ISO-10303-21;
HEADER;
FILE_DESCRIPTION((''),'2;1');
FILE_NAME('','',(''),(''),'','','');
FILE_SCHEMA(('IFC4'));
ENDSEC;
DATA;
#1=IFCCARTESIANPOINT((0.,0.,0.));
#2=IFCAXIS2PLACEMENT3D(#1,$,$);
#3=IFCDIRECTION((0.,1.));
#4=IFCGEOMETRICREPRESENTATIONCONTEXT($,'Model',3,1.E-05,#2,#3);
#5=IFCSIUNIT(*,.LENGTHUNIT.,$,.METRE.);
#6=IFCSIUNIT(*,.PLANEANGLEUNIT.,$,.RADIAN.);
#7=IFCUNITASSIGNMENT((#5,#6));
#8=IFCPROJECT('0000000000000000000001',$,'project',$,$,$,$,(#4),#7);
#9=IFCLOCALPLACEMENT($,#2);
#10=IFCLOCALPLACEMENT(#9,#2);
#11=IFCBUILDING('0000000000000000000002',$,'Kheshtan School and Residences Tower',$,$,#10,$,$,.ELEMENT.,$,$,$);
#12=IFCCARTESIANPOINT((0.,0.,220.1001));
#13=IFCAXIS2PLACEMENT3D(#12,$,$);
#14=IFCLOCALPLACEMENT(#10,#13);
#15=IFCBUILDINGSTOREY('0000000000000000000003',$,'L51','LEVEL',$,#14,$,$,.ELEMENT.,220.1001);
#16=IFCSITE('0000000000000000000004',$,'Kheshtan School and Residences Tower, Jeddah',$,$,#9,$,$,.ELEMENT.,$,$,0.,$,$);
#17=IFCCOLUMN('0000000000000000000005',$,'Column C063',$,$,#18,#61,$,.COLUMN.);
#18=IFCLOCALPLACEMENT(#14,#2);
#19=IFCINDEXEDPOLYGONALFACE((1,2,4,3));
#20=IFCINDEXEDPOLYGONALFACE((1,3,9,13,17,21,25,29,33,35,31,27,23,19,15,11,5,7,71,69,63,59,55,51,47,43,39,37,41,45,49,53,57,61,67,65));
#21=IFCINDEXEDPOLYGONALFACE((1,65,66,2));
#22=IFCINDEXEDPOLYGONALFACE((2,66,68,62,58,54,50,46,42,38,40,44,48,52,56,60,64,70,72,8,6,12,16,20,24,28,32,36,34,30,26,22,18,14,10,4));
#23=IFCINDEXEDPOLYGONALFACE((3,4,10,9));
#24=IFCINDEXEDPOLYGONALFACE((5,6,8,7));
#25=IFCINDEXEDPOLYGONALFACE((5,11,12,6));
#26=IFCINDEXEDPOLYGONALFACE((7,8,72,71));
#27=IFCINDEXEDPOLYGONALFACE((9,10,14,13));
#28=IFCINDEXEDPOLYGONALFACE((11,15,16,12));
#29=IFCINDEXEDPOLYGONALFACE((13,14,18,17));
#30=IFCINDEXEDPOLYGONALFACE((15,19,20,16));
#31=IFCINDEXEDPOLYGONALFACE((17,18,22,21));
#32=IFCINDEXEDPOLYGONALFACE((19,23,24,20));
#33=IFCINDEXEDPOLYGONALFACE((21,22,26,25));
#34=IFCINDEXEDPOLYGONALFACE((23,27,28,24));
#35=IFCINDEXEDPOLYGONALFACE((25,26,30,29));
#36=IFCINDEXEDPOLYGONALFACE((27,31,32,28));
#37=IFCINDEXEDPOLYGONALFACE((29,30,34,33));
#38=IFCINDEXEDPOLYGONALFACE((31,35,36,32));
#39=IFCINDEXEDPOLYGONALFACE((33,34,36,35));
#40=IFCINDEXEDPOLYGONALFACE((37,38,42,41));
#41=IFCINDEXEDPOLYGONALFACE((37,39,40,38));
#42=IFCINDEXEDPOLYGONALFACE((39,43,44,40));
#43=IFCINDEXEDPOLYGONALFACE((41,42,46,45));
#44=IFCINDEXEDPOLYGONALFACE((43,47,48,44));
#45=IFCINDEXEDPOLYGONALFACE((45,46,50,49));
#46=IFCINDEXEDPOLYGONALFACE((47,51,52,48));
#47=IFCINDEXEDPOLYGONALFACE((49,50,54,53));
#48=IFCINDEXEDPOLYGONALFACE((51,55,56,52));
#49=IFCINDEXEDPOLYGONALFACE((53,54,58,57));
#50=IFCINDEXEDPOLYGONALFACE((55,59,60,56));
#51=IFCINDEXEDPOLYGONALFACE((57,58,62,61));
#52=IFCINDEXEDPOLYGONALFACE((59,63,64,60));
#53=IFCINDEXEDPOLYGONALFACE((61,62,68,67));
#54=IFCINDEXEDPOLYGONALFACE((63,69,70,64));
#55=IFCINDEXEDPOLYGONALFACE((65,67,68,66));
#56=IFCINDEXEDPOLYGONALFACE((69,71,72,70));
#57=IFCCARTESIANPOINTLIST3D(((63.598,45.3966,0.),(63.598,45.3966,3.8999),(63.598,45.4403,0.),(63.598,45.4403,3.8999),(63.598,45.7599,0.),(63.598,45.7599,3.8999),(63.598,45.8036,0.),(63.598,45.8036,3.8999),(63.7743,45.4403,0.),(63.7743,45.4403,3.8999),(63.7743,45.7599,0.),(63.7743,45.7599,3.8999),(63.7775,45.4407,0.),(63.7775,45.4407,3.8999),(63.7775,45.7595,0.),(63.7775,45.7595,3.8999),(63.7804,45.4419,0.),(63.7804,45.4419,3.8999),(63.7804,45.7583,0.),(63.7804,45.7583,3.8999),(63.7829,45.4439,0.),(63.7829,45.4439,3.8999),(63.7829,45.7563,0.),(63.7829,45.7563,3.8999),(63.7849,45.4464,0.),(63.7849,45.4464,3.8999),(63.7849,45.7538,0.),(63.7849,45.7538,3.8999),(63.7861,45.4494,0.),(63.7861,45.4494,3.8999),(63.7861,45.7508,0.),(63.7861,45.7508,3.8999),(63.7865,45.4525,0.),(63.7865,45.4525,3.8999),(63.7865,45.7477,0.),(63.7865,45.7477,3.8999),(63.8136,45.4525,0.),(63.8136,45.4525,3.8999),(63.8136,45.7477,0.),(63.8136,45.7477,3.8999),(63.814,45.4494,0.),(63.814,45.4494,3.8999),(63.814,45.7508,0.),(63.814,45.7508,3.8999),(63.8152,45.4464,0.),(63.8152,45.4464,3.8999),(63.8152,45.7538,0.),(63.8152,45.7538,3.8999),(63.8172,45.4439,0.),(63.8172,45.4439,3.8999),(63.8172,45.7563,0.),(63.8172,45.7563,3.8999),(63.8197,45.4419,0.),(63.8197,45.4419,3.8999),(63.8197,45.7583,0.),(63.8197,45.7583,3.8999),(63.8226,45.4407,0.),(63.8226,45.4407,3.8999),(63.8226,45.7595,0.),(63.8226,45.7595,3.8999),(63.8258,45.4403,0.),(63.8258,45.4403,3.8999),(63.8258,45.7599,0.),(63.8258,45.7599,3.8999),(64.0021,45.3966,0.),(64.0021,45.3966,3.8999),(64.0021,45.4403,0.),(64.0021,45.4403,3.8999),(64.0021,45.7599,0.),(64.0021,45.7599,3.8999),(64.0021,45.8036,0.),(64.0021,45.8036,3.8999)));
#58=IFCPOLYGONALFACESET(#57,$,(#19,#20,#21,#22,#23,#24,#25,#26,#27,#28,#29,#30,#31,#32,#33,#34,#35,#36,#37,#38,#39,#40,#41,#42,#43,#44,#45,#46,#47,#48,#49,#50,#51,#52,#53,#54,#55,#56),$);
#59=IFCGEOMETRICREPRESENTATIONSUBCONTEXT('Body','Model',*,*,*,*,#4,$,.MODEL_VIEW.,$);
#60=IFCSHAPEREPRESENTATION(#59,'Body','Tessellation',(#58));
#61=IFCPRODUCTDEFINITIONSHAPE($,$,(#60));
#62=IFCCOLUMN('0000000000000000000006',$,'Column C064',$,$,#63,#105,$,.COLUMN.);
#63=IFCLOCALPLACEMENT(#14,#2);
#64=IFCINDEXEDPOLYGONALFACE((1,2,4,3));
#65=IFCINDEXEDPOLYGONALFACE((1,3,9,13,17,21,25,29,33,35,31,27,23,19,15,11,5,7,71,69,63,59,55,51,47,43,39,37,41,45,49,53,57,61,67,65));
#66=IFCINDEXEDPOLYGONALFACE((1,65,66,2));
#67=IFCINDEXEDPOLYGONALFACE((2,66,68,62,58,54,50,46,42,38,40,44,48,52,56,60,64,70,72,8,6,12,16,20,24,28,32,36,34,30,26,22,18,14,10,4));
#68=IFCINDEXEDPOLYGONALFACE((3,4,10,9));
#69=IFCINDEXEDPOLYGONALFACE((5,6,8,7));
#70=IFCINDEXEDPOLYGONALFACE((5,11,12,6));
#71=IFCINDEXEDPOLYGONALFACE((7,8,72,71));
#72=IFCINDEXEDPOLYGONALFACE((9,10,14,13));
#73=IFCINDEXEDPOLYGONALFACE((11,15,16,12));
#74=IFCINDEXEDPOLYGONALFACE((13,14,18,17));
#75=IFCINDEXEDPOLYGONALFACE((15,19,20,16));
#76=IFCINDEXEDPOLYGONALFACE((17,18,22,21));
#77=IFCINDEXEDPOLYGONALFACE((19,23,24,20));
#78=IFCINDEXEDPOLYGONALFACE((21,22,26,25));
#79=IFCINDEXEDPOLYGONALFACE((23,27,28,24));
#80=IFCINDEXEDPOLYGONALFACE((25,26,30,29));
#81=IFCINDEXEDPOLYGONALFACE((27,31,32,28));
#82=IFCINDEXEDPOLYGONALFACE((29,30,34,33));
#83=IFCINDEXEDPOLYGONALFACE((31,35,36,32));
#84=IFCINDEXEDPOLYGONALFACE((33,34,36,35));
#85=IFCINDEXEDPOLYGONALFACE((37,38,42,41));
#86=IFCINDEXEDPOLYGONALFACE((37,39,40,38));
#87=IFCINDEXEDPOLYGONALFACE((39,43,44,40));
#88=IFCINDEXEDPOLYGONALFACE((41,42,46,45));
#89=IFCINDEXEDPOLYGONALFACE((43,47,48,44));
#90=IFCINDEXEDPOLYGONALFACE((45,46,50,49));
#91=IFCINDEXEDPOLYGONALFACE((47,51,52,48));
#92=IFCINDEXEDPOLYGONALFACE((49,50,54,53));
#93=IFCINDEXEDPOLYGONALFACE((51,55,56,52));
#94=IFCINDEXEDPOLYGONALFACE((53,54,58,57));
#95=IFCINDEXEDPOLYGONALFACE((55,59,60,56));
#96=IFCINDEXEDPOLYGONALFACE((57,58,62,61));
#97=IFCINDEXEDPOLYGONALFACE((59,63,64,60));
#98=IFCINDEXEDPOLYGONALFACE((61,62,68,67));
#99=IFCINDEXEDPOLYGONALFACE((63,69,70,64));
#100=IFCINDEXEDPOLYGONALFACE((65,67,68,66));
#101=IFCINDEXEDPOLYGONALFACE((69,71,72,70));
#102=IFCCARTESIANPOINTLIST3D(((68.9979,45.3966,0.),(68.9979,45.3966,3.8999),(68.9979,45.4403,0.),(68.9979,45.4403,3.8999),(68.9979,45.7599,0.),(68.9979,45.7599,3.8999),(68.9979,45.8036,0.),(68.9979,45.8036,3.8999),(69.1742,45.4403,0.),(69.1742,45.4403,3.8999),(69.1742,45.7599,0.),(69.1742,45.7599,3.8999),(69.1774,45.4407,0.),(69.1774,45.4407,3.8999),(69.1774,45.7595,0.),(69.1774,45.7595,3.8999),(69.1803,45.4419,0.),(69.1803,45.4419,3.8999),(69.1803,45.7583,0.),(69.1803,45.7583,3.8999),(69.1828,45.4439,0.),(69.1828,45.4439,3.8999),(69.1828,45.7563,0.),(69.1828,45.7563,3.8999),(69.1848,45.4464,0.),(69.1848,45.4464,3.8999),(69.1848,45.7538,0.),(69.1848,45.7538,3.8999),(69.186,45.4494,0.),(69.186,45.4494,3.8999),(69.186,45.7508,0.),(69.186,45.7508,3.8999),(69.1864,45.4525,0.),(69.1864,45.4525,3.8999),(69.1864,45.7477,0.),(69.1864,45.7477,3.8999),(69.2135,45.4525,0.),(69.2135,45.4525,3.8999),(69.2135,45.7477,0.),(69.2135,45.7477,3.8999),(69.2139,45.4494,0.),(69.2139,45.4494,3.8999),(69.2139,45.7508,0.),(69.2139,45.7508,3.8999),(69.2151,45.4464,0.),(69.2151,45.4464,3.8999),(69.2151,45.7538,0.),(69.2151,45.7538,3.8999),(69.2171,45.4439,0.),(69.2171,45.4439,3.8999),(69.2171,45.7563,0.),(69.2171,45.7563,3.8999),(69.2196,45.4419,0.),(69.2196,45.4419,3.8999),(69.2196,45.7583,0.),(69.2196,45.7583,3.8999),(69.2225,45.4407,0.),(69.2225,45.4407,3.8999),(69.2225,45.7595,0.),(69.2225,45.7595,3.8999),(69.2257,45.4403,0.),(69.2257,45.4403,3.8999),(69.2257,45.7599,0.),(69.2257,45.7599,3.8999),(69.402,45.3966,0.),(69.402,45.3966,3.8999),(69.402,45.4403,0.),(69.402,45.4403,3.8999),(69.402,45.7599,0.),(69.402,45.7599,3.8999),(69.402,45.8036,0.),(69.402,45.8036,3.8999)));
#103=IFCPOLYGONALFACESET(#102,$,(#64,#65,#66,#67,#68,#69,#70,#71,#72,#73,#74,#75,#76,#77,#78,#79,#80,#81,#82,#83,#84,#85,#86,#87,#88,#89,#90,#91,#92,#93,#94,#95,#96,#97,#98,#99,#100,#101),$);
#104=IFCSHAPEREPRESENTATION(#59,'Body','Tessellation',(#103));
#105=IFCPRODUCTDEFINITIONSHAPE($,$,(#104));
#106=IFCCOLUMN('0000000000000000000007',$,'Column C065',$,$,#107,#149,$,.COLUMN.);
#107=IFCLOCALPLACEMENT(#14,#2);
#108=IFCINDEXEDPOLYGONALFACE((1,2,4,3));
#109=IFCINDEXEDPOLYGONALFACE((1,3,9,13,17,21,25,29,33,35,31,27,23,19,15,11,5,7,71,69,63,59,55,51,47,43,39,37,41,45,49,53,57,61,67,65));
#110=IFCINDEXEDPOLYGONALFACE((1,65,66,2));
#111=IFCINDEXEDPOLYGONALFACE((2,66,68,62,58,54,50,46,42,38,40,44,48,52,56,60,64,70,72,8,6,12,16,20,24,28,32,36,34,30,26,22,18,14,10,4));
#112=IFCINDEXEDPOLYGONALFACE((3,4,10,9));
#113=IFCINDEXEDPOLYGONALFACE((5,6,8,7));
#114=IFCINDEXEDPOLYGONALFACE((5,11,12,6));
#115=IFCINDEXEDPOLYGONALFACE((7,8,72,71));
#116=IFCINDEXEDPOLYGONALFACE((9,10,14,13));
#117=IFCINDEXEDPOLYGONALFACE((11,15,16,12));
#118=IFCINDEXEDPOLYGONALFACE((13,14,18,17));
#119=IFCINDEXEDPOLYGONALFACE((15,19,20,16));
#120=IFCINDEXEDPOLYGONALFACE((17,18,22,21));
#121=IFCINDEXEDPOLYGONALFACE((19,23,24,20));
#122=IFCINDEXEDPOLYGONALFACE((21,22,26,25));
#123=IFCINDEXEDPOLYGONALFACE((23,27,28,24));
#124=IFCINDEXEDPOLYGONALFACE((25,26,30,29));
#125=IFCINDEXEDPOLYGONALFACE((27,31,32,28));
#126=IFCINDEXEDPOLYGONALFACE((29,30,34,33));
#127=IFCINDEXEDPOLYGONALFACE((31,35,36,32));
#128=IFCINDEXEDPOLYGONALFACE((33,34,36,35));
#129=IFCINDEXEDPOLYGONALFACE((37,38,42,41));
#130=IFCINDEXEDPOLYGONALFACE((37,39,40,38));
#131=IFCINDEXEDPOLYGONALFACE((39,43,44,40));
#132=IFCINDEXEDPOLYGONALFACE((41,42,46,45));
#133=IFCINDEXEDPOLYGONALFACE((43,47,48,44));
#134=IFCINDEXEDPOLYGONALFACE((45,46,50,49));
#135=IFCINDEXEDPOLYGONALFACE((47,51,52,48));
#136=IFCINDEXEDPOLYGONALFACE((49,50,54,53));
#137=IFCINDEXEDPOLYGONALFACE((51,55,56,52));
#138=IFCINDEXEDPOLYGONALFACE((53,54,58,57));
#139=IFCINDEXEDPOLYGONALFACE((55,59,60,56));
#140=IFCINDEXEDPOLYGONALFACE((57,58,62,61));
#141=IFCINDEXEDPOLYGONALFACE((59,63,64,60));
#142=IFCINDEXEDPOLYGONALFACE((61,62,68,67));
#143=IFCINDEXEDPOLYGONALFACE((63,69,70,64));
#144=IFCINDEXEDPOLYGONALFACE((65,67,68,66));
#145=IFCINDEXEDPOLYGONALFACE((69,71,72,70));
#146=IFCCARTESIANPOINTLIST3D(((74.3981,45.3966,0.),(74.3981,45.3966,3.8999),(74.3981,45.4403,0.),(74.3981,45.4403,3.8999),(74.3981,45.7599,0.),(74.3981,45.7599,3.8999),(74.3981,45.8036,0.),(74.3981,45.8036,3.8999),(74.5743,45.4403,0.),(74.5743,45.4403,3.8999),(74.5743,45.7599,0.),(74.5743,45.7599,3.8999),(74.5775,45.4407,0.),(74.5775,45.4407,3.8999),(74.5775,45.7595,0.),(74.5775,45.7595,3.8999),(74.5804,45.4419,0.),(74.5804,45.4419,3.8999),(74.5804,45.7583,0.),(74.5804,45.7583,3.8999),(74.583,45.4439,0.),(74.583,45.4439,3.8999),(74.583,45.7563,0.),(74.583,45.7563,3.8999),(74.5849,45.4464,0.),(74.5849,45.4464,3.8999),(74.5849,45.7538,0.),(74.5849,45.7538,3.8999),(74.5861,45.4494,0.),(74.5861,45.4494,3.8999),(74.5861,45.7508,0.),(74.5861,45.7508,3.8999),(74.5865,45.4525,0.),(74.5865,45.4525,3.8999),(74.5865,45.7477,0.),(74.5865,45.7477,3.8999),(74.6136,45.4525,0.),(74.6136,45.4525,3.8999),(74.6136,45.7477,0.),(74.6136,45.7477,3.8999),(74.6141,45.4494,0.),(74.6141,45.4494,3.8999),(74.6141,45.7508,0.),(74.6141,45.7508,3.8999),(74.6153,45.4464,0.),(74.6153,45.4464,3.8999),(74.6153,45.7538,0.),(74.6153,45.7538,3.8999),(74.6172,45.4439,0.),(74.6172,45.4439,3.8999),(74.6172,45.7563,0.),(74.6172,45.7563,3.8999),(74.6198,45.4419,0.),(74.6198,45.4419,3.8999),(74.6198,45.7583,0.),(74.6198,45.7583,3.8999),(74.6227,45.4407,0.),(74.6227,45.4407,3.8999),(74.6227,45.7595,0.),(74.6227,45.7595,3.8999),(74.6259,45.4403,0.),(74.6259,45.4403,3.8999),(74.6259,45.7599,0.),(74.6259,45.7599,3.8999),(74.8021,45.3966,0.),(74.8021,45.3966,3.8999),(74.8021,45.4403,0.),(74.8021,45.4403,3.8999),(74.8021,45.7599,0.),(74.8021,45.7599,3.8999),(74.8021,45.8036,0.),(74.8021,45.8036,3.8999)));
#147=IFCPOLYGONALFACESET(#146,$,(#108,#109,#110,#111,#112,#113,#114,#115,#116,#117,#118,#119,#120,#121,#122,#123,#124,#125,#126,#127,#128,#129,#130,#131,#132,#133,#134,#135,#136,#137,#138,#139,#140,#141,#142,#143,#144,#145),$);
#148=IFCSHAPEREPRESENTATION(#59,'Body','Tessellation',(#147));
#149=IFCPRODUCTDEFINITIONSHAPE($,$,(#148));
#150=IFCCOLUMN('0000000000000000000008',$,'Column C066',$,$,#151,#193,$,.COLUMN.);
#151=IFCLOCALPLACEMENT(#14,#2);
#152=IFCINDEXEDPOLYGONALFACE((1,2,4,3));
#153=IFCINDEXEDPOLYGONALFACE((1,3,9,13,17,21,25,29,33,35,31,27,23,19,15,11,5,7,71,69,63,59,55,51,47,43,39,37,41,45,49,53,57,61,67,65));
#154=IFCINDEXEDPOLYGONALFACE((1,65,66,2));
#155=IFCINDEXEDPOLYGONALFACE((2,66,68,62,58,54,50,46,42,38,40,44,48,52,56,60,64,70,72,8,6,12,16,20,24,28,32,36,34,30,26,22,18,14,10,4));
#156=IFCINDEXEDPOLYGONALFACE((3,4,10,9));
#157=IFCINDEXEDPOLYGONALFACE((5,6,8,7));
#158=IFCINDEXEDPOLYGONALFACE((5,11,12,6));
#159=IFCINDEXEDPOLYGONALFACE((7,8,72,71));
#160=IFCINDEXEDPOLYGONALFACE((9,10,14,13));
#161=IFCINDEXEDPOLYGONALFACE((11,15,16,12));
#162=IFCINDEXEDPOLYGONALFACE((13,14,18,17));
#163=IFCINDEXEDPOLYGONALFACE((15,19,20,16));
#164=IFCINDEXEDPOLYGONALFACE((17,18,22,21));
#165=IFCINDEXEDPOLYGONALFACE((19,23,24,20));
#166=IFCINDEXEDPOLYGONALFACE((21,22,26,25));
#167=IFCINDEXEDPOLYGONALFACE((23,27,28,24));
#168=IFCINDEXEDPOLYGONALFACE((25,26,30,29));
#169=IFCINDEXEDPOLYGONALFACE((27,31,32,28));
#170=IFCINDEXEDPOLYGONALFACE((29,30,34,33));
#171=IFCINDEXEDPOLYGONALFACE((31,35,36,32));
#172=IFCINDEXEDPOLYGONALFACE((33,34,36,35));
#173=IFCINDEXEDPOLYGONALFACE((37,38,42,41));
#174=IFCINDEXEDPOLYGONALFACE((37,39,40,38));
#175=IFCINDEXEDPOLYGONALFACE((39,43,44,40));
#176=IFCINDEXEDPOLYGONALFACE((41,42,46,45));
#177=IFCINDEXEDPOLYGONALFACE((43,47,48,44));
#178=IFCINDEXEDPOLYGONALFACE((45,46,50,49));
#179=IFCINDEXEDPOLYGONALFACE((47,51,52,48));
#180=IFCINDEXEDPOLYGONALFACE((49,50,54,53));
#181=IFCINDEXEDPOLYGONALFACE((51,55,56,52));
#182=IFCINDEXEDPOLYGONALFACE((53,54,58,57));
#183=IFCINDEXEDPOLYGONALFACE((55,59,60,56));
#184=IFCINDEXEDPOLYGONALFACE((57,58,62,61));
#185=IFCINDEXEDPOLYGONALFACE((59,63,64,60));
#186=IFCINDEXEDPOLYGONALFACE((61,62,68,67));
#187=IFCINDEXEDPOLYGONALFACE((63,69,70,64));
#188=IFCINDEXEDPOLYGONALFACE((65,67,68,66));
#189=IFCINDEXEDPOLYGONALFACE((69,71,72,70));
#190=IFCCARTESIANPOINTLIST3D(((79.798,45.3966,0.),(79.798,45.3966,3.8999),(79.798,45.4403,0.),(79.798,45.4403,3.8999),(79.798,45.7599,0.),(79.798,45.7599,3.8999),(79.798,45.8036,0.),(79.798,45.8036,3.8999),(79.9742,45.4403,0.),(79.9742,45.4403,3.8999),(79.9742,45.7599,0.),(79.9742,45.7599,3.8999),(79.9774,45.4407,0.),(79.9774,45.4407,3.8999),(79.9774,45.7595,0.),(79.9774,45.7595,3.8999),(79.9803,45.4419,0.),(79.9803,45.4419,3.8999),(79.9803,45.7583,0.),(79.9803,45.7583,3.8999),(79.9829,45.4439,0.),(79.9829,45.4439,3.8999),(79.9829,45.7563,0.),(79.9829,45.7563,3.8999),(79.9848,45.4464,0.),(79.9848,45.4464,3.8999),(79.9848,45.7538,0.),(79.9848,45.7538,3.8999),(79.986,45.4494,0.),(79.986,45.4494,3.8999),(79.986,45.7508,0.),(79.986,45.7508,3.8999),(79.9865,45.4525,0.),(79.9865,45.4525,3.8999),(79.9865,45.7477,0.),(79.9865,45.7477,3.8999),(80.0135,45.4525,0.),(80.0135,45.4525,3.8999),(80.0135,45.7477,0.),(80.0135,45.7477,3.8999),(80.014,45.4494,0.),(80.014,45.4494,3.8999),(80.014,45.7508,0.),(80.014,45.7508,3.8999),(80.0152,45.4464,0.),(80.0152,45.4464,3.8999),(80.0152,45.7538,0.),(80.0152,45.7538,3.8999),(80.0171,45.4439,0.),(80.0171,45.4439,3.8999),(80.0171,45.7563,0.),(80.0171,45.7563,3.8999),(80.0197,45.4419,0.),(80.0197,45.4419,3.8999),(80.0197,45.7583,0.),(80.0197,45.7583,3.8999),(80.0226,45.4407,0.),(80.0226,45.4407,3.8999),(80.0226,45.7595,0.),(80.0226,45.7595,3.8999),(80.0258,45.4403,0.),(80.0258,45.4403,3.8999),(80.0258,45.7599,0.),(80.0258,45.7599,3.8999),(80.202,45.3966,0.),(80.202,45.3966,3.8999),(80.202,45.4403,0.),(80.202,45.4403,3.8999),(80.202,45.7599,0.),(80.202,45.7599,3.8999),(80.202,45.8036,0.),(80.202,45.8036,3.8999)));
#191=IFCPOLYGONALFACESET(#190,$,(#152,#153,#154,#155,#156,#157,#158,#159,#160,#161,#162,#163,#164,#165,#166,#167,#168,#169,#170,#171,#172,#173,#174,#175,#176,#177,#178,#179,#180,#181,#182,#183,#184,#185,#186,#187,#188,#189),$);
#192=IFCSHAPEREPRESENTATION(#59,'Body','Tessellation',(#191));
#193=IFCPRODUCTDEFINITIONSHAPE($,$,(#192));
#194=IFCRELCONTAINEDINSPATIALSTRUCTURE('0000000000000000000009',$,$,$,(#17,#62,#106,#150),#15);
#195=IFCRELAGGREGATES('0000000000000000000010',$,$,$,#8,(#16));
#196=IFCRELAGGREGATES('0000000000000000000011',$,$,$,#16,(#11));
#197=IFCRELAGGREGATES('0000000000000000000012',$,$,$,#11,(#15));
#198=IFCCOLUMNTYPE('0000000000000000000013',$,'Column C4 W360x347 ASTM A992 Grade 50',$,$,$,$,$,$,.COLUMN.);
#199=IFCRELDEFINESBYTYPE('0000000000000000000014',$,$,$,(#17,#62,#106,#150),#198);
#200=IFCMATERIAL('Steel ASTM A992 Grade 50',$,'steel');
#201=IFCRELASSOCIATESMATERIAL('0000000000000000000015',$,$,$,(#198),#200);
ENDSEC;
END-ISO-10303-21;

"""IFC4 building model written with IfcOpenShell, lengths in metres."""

from ifc_helpers import new_model, si_unit, direction, frame, origin, origin_2d, place, context, subcontext, project, spatial, i_section, extrude, material, material_profile, profile_set, type_object, element, save


model = new_model("IFC4")

# Units and contexts
model_context = context("Model", 3, precision=1e-05, world=origin(), true_north=direction((0.0, 1.0)))
body_context = subcontext(model_context, "Body", "Model", "MODEL_VIEW")
ifc_project = project(units=[si_unit("LENGTHUNIT", "METRE"), si_unit("PLANEANGLEUNIT", "RADIAN")], contexts=[model_context])

# Site, building, storey
site_placement = place(None, origin())
site = spatial("IfcSite", under=ifc_project, at=site_placement, Name="Kheshtan School and Residences Tower, Jeddah", CompositionType="ELEMENT", RefElevation=0.0)
building_placement = place(site_placement, origin())
building = spatial("IfcBuilding", under=site, at=building_placement, Name="Kheshtan School and Residences Tower", CompositionType="ELEMENT")
storey_placement = place(building_placement, frame((0.0, 0.0, 220.1001)))
storey = spatial("IfcBuildingStorey", under=building, at=storey_placement, Name="L51", Description="LEVEL", CompositionType="ELEMENT", Elevation=220.1001)

# Columns
ifc_material_1 = material(Name="Steel ASTM A992 Grade 50", Category="steel")
ifc_material_profile_1 = material_profile(ifc_material_1, i_section(OverallWidth=0.4041, OverallDepth=0.407, WebThickness=0.0271, FlangeThickness=0.0437, FilletRadius=0.0122, at=origin_2d()), Name="W360x347")
ifc_profile_set_1 = profile_set([ifc_material_profile_1], Name="Steel ASTM A992 Grade 50")
column_type = type_object("IfcColumnType", Name="Column C4 W360x347 ASTM A992 Grade 50", PredefinedType="COLUMN", material=ifc_profile_set_1)
for number, where, z_axis, x_axis, name in (
    (1, (63.8, 45.6001, 0.0), (0.0, 0.0, 1.0), (1.0, 0.0, 0.0), "Column C063"),
    (2, (69.2, 45.6001, 0.0), (0.0, 0.0, 1.0), (1.0, 0.0, 0.0), "Column C064"),
    (3, (74.6001, 45.6001, 0.0), (0.0, 0.0, 1.0), (1.0, 0.0, 0.0), "Column C065"),
    (4, (80.0, 45.6001, 0.0), (0.0, 0.0, 1.0), (1.0, 0.0, 0.0), "Column C066"),
):
    element("IfcColumn", number, at=place(storey_placement, frame(where, z_axis=z_axis, x_axis=x_axis)), inside=storey, type_object=column_type, Name=name, PredefinedType="COLUMN", context=body_context, shape_type="SweptSolid", body=[
        extrude(i_section(OverallWidth=0.4041, OverallDepth=0.407, WebThickness=0.0271, FlangeThickness=0.0437, FilletRadius=0.0122, at=origin_2d()), origin(), (0.0, 0.0, 1.0), 3.8999),
    ])

save(model, "model.ifc")
